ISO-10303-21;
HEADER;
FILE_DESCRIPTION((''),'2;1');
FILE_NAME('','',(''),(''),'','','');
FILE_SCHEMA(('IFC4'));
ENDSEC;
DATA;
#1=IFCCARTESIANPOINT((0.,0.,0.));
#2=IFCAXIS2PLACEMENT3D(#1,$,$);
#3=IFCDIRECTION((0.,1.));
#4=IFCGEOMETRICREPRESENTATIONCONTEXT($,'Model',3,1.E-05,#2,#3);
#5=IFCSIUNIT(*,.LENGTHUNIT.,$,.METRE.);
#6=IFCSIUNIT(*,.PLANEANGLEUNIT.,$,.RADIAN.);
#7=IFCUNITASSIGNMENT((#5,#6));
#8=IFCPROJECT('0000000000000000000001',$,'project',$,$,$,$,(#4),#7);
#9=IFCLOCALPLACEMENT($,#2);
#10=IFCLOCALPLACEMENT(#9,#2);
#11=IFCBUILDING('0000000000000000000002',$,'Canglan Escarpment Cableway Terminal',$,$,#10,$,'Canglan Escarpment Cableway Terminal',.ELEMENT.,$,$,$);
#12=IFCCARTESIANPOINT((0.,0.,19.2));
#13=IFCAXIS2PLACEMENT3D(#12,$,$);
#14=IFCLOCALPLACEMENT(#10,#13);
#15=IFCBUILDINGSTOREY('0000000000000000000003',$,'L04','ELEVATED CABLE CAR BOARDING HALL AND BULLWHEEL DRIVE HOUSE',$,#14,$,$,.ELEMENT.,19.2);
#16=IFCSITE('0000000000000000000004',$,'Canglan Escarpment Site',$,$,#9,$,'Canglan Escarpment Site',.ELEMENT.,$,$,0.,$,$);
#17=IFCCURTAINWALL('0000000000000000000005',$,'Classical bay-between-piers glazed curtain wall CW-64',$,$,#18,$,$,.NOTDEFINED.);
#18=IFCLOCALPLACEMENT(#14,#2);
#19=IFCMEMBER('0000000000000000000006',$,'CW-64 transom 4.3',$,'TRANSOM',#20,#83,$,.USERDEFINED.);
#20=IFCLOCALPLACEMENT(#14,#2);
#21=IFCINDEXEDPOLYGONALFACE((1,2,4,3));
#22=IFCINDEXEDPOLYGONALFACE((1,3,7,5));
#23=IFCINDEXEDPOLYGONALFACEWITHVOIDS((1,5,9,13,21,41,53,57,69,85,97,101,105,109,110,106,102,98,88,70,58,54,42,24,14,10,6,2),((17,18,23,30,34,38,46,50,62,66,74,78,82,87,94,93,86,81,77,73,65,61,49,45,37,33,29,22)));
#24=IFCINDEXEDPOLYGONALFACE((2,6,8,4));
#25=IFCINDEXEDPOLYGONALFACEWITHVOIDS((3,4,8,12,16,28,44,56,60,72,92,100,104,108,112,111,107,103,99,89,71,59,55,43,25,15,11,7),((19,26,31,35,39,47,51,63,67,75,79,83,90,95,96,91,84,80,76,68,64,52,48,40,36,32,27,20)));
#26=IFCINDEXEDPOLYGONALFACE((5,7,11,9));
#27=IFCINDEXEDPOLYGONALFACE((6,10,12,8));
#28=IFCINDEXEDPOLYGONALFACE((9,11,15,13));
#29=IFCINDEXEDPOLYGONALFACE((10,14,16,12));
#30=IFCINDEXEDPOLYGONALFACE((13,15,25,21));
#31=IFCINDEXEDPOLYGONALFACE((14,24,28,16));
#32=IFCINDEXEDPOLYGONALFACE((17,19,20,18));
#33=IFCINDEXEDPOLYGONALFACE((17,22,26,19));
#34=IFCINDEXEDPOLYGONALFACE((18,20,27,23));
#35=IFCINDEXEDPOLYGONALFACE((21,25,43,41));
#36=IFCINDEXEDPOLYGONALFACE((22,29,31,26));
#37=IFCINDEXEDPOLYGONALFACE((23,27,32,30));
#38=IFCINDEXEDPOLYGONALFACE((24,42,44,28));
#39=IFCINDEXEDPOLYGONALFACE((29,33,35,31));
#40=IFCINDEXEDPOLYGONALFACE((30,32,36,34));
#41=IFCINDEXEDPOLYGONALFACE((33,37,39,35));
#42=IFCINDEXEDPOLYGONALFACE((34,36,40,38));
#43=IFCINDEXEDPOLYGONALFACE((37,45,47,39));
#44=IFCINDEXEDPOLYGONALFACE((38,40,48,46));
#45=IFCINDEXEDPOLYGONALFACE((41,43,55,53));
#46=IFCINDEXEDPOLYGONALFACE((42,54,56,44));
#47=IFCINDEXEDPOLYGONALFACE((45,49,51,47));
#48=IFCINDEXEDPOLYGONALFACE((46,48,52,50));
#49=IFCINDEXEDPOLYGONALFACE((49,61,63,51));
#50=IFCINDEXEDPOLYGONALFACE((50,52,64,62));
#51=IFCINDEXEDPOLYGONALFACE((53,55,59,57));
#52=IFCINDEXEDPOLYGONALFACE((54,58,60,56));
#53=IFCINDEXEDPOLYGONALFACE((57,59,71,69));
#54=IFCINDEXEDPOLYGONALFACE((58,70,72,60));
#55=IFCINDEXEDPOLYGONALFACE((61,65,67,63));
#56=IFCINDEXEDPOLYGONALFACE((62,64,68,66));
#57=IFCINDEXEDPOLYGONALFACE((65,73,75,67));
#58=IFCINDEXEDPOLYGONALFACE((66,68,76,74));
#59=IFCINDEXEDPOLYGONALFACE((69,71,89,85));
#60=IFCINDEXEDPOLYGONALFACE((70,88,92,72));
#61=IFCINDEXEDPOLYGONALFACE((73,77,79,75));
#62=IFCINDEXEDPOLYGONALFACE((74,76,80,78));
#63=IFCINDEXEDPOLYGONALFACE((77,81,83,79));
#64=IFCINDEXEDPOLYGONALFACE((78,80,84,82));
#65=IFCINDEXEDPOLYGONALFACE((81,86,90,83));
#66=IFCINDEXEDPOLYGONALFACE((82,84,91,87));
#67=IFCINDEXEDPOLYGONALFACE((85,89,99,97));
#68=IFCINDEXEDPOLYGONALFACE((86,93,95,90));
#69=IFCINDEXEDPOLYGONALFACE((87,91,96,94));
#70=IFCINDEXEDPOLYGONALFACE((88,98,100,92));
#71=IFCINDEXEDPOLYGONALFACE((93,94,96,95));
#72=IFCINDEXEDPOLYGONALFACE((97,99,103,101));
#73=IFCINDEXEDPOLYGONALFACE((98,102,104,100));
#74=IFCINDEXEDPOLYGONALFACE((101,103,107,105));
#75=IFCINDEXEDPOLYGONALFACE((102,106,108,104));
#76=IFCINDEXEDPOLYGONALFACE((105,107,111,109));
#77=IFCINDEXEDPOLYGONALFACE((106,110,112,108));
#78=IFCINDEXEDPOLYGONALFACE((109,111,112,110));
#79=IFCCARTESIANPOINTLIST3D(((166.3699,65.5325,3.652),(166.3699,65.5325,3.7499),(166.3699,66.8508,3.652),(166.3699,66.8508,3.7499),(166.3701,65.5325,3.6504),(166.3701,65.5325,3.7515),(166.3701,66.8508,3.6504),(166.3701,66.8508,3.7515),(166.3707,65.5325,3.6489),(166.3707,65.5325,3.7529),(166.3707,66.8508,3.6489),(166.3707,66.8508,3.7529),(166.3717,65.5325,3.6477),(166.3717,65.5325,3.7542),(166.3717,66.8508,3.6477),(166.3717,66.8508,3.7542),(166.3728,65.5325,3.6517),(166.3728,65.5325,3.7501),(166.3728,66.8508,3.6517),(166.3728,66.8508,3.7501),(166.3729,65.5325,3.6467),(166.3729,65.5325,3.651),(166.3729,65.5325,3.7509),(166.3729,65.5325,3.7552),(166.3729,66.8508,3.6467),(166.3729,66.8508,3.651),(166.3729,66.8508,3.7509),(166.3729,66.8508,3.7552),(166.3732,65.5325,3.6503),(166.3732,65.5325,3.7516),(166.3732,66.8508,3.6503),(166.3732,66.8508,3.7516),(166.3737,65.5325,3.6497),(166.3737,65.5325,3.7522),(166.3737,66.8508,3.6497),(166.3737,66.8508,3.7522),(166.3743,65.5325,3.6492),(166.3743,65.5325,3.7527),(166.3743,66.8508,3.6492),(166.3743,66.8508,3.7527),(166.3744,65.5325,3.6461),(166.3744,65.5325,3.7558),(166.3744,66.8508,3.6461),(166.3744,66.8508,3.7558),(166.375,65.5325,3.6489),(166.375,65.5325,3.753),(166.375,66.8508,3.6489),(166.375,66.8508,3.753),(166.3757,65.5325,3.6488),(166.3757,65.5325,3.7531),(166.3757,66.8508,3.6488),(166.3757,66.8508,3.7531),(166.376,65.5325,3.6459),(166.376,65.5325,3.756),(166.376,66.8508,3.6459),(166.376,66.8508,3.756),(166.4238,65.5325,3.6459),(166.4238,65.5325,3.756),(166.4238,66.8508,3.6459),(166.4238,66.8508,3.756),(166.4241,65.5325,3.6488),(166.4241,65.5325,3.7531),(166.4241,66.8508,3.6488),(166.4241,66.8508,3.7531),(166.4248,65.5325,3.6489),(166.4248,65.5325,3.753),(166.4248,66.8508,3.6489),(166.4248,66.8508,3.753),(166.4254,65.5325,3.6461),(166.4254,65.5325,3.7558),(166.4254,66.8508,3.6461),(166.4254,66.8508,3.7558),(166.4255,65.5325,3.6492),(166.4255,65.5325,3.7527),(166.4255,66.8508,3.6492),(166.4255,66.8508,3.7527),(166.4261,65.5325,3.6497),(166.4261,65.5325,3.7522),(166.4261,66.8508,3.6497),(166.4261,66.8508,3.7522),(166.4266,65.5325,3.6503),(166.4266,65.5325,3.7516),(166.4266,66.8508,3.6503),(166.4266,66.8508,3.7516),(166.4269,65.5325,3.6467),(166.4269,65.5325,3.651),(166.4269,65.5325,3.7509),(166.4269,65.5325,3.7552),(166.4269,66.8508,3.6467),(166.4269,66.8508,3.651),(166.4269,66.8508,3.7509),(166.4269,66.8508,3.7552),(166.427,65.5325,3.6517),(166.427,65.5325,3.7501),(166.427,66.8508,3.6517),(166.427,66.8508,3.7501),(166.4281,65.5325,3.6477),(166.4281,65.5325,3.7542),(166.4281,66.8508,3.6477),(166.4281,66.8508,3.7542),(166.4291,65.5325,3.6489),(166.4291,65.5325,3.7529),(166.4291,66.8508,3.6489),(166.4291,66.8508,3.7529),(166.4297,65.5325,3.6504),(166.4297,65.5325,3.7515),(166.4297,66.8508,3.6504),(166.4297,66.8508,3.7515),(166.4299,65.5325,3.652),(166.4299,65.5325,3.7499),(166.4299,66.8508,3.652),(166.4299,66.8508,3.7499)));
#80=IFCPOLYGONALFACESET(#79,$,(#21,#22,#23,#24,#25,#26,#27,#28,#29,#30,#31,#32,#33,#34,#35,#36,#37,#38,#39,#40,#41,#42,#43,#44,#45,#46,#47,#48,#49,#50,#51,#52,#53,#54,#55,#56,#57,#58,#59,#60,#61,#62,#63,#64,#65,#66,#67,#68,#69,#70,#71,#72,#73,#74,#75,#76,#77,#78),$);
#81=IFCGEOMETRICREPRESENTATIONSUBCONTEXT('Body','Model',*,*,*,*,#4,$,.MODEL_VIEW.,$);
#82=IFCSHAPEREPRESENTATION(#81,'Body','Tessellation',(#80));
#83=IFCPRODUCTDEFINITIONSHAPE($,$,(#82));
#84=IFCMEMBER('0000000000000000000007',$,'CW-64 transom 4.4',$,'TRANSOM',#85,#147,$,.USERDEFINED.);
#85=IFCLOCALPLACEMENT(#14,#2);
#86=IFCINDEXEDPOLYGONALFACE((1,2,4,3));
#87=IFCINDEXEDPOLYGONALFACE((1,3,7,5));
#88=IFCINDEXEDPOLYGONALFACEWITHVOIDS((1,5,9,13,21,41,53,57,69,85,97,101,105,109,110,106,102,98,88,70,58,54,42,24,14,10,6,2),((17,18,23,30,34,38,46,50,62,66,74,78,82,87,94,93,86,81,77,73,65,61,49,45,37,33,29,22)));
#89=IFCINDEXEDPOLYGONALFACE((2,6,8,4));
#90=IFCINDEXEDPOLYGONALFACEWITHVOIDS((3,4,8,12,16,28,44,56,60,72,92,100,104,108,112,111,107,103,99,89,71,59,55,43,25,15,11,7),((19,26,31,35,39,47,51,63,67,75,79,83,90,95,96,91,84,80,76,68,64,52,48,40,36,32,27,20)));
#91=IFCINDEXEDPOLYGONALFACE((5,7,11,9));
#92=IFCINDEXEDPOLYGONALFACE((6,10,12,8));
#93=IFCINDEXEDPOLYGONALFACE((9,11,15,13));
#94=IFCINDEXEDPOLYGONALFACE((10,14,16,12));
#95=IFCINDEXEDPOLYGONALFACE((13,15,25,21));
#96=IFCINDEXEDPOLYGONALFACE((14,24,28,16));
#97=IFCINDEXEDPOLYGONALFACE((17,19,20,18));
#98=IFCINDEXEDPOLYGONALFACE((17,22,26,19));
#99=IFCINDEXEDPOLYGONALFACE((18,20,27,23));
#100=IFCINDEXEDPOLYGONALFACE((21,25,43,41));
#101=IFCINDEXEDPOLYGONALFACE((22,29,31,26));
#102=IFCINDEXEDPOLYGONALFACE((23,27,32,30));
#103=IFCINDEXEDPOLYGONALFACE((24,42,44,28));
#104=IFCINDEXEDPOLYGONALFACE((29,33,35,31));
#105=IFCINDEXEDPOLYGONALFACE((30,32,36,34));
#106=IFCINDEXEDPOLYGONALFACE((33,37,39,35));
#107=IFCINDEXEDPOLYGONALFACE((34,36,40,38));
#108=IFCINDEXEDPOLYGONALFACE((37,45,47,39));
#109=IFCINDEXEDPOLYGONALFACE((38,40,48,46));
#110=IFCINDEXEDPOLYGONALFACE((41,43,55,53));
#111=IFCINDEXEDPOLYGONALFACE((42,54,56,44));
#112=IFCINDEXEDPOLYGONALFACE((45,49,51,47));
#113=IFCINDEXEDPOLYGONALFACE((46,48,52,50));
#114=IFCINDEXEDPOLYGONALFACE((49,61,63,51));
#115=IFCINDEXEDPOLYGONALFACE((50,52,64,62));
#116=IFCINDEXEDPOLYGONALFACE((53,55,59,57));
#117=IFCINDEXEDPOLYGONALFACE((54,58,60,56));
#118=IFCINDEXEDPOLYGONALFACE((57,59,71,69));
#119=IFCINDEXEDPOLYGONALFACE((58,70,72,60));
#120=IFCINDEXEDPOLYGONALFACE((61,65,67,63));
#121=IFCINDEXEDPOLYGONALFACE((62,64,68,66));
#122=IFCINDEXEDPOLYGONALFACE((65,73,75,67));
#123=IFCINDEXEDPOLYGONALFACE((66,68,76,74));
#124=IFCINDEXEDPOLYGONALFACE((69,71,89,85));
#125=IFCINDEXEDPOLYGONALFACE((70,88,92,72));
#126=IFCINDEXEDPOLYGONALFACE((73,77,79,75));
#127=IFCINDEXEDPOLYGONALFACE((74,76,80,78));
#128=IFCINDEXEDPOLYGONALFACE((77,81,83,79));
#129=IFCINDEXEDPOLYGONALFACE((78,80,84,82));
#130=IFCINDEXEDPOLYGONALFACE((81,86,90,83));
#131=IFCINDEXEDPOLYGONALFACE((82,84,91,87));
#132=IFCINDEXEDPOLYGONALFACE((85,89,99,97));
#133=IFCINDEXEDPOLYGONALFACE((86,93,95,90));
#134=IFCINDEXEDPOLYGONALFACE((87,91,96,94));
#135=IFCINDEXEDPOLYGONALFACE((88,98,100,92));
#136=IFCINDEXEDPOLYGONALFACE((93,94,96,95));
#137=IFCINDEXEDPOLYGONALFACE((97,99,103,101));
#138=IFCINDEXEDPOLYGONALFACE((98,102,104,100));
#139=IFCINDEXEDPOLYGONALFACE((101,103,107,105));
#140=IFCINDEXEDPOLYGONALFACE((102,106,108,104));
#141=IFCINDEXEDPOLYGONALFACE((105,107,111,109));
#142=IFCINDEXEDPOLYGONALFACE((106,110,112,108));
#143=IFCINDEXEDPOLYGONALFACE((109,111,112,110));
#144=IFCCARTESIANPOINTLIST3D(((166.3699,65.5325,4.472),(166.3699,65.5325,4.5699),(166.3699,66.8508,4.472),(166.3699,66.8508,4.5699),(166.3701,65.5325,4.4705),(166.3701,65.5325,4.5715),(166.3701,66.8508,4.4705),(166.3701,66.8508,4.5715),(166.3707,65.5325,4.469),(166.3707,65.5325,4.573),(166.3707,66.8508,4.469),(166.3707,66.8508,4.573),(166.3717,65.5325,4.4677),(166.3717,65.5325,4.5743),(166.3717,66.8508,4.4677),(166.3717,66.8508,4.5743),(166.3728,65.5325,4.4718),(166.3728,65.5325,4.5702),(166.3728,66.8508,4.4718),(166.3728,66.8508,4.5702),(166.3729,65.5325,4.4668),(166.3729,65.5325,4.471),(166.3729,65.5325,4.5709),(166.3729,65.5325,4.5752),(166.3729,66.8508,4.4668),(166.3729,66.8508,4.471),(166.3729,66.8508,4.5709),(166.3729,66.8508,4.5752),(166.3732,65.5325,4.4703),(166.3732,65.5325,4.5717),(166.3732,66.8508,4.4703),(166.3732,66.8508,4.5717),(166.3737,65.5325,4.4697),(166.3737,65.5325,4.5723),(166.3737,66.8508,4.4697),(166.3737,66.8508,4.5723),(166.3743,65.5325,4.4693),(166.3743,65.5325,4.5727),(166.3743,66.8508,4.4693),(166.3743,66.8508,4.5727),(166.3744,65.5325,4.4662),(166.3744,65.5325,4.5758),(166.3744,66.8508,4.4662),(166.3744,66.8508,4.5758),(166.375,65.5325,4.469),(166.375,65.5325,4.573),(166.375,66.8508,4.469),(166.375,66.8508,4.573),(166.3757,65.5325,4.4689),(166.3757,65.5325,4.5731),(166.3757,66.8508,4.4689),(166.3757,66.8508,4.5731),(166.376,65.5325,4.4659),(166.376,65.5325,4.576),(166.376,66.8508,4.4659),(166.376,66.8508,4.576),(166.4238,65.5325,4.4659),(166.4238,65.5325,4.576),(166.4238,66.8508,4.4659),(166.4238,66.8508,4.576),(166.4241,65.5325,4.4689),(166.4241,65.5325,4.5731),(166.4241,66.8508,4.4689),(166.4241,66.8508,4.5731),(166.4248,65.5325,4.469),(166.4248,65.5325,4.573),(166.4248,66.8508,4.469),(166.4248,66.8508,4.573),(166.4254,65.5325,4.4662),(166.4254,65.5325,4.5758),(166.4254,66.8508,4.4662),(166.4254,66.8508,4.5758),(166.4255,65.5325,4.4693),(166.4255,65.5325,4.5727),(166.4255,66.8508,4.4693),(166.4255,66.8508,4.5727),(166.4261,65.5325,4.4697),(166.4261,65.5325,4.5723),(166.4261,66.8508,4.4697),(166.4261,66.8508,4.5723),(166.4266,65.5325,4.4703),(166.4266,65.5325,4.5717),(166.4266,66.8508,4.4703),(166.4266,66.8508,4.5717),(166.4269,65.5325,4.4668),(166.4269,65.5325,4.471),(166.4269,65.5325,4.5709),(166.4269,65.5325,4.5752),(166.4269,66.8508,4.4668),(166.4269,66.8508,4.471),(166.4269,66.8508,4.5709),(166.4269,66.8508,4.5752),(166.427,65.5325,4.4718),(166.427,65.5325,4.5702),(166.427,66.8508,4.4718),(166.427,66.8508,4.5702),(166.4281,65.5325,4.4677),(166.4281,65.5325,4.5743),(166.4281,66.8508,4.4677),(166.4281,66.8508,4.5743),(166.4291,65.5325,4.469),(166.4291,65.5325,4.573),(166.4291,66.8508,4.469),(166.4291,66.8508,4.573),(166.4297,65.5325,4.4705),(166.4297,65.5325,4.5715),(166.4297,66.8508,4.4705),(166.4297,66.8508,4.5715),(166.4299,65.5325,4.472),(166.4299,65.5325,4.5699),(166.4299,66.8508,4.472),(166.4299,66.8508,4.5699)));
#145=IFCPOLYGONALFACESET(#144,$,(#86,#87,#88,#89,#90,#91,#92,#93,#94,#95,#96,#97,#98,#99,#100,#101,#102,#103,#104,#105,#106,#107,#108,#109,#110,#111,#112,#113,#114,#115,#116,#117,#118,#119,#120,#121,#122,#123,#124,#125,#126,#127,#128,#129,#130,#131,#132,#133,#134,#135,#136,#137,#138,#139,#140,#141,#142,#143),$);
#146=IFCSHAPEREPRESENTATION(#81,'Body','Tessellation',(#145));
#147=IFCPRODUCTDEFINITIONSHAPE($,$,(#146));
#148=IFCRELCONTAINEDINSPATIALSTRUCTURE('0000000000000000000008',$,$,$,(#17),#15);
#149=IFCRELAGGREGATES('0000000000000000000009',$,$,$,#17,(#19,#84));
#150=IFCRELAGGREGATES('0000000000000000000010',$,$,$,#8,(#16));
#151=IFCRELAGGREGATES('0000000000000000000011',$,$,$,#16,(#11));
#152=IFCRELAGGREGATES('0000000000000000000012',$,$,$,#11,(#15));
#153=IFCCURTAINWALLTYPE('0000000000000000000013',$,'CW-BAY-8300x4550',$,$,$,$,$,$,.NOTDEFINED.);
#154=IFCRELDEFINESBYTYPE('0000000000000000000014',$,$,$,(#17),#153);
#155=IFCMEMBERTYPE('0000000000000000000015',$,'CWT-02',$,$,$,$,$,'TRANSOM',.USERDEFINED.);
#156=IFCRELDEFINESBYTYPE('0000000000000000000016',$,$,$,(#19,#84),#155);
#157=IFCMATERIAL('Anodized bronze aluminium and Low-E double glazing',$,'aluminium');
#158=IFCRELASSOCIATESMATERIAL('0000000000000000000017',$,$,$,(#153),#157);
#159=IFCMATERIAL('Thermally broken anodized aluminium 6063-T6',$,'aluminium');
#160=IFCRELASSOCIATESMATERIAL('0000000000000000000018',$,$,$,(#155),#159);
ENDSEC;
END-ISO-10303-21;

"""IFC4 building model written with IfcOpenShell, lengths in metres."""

from ifc_helpers import new_model, si_unit, direction, frame, origin, origin_2d, place, context, subcontext, project, spatial, hollow_rectangle, extrude, material, material_profile, profile_set, type_object, element, aggregate, save


model = new_model("IFC4")

# Units and contexts
model_context = context("Model", 3, precision=1e-05, world=origin(), true_north=direction((0.0, 1.0)))
body_context = subcontext(model_context, "Body", "Model", "MODEL_VIEW")
ifc_project = project(units=[si_unit("LENGTHUNIT", "METRE"), si_unit("PLANEANGLEUNIT", "RADIAN")], contexts=[model_context])

# Site, building, storey
site_placement = place(None, origin())
site = spatial("IfcSite", under=ifc_project, at=site_placement, Name="Canglan Escarpment Site", LongName="Canglan Escarpment Site", CompositionType="ELEMENT", RefElevation=0.0)
building_placement = place(site_placement, origin())
building = spatial("IfcBuilding", under=site, at=building_placement, Name="Canglan Escarpment Cableway Terminal", LongName="Canglan Escarpment Cableway Terminal", CompositionType="ELEMENT")
storey_placement = place(building_placement, frame((0.0, 0.0, 19.2)))
storey = spatial("IfcBuildingStorey", under=building, at=storey_placement, Name="L04", Description="ELEVATED CABLE CAR BOARDING HALL AND BULLWHEEL DRIVE HOUSE", CompositionType="ELEMENT", Elevation=19.2)

# Curtain wall
ifc_material_1 = material(Name="Anodized bronze aluminium and Low-E double glazing", Category="aluminium")
curtain_wall_type = type_object("IfcCurtainWallType", Name="CW-BAY-8300x4550", PredefinedType="NOTDEFINED", material=ifc_material_1)
curtain_wall_1_placement = place(storey_placement, origin())
curtain_wall_1 = element("IfcCurtainWall", 1, at=curtain_wall_1_placement, inside=storey, type_object=curtain_wall_type, Name="Classical bay-between-piers glazed curtain wall CW-64", PredefinedType="NOTDEFINED")
ifc_material_2 = material(Name="Thermally broken anodized aluminium 6063-T6", Category="aluminium")

# Members
ifc_material_profile_1 = material_profile(ifc_material_2, hollow_rectangle(XDim=0.0601, YDim=0.1101, WallThickness=0.0029, InnerFilletRadius=0.0029, OuterFilletRadius=0.0061, at=origin_2d()), Name="ALU-TRAN 60x110x3")
ifc_profile_set_1 = profile_set([ifc_material_profile_1], Name="Thermally broken anodized aluminium 6063-T6")
member_type_1 = type_object("IfcMemberType", Name="CWT-02", ElementType="TRANSOM", PredefinedType="USERDEFINED", material=ifc_profile_set_1)
member_1_placement = place(storey_placement, frame((166.3999, 65.5325, 3.7009), z_axis=(0.0, 1.0, 0.0), x_axis=(-1.0, 0.0, 0.0)))
member_1 = element("IfcMember", 2, at=member_1_placement, type_object=member_type_1, Name="CW-64 transom 4.3", ObjectType="TRANSOM", PredefinedType="USERDEFINED", context=body_context, shape_type="SweptSolid", body=[
    extrude(hollow_rectangle(XDim=0.0601, YDim=0.1101, WallThickness=0.0029, InnerFilletRadius=0.0029, OuterFilletRadius=0.0061, at=origin_2d()), origin(), (0.0, 0.0, 1.0), 1.3184),
])
member_2_placement = place(storey_placement, frame((166.3999, 65.5325, 4.521), z_axis=(0.0, 1.0, 0.0), x_axis=(-1.0, 0.0, 0.0)))
member_2 = element("IfcMember", 3, at=member_2_placement, type_object=member_type_1, Name="CW-64 transom 4.4", ObjectType="TRANSOM", PredefinedType="USERDEFINED", context=body_context, shape_type="SweptSolid", body=[
    extrude(hollow_rectangle(XDim=0.0601, YDim=0.1101, WallThickness=0.0029, InnerFilletRadius=0.0029, OuterFilletRadius=0.0061, at=origin_2d()), origin(), (0.0, 0.0, 1.0), 1.3184),
])

aggregate(curtain_wall_1, [member_1, member_2])

save(model, "model.ifc")
